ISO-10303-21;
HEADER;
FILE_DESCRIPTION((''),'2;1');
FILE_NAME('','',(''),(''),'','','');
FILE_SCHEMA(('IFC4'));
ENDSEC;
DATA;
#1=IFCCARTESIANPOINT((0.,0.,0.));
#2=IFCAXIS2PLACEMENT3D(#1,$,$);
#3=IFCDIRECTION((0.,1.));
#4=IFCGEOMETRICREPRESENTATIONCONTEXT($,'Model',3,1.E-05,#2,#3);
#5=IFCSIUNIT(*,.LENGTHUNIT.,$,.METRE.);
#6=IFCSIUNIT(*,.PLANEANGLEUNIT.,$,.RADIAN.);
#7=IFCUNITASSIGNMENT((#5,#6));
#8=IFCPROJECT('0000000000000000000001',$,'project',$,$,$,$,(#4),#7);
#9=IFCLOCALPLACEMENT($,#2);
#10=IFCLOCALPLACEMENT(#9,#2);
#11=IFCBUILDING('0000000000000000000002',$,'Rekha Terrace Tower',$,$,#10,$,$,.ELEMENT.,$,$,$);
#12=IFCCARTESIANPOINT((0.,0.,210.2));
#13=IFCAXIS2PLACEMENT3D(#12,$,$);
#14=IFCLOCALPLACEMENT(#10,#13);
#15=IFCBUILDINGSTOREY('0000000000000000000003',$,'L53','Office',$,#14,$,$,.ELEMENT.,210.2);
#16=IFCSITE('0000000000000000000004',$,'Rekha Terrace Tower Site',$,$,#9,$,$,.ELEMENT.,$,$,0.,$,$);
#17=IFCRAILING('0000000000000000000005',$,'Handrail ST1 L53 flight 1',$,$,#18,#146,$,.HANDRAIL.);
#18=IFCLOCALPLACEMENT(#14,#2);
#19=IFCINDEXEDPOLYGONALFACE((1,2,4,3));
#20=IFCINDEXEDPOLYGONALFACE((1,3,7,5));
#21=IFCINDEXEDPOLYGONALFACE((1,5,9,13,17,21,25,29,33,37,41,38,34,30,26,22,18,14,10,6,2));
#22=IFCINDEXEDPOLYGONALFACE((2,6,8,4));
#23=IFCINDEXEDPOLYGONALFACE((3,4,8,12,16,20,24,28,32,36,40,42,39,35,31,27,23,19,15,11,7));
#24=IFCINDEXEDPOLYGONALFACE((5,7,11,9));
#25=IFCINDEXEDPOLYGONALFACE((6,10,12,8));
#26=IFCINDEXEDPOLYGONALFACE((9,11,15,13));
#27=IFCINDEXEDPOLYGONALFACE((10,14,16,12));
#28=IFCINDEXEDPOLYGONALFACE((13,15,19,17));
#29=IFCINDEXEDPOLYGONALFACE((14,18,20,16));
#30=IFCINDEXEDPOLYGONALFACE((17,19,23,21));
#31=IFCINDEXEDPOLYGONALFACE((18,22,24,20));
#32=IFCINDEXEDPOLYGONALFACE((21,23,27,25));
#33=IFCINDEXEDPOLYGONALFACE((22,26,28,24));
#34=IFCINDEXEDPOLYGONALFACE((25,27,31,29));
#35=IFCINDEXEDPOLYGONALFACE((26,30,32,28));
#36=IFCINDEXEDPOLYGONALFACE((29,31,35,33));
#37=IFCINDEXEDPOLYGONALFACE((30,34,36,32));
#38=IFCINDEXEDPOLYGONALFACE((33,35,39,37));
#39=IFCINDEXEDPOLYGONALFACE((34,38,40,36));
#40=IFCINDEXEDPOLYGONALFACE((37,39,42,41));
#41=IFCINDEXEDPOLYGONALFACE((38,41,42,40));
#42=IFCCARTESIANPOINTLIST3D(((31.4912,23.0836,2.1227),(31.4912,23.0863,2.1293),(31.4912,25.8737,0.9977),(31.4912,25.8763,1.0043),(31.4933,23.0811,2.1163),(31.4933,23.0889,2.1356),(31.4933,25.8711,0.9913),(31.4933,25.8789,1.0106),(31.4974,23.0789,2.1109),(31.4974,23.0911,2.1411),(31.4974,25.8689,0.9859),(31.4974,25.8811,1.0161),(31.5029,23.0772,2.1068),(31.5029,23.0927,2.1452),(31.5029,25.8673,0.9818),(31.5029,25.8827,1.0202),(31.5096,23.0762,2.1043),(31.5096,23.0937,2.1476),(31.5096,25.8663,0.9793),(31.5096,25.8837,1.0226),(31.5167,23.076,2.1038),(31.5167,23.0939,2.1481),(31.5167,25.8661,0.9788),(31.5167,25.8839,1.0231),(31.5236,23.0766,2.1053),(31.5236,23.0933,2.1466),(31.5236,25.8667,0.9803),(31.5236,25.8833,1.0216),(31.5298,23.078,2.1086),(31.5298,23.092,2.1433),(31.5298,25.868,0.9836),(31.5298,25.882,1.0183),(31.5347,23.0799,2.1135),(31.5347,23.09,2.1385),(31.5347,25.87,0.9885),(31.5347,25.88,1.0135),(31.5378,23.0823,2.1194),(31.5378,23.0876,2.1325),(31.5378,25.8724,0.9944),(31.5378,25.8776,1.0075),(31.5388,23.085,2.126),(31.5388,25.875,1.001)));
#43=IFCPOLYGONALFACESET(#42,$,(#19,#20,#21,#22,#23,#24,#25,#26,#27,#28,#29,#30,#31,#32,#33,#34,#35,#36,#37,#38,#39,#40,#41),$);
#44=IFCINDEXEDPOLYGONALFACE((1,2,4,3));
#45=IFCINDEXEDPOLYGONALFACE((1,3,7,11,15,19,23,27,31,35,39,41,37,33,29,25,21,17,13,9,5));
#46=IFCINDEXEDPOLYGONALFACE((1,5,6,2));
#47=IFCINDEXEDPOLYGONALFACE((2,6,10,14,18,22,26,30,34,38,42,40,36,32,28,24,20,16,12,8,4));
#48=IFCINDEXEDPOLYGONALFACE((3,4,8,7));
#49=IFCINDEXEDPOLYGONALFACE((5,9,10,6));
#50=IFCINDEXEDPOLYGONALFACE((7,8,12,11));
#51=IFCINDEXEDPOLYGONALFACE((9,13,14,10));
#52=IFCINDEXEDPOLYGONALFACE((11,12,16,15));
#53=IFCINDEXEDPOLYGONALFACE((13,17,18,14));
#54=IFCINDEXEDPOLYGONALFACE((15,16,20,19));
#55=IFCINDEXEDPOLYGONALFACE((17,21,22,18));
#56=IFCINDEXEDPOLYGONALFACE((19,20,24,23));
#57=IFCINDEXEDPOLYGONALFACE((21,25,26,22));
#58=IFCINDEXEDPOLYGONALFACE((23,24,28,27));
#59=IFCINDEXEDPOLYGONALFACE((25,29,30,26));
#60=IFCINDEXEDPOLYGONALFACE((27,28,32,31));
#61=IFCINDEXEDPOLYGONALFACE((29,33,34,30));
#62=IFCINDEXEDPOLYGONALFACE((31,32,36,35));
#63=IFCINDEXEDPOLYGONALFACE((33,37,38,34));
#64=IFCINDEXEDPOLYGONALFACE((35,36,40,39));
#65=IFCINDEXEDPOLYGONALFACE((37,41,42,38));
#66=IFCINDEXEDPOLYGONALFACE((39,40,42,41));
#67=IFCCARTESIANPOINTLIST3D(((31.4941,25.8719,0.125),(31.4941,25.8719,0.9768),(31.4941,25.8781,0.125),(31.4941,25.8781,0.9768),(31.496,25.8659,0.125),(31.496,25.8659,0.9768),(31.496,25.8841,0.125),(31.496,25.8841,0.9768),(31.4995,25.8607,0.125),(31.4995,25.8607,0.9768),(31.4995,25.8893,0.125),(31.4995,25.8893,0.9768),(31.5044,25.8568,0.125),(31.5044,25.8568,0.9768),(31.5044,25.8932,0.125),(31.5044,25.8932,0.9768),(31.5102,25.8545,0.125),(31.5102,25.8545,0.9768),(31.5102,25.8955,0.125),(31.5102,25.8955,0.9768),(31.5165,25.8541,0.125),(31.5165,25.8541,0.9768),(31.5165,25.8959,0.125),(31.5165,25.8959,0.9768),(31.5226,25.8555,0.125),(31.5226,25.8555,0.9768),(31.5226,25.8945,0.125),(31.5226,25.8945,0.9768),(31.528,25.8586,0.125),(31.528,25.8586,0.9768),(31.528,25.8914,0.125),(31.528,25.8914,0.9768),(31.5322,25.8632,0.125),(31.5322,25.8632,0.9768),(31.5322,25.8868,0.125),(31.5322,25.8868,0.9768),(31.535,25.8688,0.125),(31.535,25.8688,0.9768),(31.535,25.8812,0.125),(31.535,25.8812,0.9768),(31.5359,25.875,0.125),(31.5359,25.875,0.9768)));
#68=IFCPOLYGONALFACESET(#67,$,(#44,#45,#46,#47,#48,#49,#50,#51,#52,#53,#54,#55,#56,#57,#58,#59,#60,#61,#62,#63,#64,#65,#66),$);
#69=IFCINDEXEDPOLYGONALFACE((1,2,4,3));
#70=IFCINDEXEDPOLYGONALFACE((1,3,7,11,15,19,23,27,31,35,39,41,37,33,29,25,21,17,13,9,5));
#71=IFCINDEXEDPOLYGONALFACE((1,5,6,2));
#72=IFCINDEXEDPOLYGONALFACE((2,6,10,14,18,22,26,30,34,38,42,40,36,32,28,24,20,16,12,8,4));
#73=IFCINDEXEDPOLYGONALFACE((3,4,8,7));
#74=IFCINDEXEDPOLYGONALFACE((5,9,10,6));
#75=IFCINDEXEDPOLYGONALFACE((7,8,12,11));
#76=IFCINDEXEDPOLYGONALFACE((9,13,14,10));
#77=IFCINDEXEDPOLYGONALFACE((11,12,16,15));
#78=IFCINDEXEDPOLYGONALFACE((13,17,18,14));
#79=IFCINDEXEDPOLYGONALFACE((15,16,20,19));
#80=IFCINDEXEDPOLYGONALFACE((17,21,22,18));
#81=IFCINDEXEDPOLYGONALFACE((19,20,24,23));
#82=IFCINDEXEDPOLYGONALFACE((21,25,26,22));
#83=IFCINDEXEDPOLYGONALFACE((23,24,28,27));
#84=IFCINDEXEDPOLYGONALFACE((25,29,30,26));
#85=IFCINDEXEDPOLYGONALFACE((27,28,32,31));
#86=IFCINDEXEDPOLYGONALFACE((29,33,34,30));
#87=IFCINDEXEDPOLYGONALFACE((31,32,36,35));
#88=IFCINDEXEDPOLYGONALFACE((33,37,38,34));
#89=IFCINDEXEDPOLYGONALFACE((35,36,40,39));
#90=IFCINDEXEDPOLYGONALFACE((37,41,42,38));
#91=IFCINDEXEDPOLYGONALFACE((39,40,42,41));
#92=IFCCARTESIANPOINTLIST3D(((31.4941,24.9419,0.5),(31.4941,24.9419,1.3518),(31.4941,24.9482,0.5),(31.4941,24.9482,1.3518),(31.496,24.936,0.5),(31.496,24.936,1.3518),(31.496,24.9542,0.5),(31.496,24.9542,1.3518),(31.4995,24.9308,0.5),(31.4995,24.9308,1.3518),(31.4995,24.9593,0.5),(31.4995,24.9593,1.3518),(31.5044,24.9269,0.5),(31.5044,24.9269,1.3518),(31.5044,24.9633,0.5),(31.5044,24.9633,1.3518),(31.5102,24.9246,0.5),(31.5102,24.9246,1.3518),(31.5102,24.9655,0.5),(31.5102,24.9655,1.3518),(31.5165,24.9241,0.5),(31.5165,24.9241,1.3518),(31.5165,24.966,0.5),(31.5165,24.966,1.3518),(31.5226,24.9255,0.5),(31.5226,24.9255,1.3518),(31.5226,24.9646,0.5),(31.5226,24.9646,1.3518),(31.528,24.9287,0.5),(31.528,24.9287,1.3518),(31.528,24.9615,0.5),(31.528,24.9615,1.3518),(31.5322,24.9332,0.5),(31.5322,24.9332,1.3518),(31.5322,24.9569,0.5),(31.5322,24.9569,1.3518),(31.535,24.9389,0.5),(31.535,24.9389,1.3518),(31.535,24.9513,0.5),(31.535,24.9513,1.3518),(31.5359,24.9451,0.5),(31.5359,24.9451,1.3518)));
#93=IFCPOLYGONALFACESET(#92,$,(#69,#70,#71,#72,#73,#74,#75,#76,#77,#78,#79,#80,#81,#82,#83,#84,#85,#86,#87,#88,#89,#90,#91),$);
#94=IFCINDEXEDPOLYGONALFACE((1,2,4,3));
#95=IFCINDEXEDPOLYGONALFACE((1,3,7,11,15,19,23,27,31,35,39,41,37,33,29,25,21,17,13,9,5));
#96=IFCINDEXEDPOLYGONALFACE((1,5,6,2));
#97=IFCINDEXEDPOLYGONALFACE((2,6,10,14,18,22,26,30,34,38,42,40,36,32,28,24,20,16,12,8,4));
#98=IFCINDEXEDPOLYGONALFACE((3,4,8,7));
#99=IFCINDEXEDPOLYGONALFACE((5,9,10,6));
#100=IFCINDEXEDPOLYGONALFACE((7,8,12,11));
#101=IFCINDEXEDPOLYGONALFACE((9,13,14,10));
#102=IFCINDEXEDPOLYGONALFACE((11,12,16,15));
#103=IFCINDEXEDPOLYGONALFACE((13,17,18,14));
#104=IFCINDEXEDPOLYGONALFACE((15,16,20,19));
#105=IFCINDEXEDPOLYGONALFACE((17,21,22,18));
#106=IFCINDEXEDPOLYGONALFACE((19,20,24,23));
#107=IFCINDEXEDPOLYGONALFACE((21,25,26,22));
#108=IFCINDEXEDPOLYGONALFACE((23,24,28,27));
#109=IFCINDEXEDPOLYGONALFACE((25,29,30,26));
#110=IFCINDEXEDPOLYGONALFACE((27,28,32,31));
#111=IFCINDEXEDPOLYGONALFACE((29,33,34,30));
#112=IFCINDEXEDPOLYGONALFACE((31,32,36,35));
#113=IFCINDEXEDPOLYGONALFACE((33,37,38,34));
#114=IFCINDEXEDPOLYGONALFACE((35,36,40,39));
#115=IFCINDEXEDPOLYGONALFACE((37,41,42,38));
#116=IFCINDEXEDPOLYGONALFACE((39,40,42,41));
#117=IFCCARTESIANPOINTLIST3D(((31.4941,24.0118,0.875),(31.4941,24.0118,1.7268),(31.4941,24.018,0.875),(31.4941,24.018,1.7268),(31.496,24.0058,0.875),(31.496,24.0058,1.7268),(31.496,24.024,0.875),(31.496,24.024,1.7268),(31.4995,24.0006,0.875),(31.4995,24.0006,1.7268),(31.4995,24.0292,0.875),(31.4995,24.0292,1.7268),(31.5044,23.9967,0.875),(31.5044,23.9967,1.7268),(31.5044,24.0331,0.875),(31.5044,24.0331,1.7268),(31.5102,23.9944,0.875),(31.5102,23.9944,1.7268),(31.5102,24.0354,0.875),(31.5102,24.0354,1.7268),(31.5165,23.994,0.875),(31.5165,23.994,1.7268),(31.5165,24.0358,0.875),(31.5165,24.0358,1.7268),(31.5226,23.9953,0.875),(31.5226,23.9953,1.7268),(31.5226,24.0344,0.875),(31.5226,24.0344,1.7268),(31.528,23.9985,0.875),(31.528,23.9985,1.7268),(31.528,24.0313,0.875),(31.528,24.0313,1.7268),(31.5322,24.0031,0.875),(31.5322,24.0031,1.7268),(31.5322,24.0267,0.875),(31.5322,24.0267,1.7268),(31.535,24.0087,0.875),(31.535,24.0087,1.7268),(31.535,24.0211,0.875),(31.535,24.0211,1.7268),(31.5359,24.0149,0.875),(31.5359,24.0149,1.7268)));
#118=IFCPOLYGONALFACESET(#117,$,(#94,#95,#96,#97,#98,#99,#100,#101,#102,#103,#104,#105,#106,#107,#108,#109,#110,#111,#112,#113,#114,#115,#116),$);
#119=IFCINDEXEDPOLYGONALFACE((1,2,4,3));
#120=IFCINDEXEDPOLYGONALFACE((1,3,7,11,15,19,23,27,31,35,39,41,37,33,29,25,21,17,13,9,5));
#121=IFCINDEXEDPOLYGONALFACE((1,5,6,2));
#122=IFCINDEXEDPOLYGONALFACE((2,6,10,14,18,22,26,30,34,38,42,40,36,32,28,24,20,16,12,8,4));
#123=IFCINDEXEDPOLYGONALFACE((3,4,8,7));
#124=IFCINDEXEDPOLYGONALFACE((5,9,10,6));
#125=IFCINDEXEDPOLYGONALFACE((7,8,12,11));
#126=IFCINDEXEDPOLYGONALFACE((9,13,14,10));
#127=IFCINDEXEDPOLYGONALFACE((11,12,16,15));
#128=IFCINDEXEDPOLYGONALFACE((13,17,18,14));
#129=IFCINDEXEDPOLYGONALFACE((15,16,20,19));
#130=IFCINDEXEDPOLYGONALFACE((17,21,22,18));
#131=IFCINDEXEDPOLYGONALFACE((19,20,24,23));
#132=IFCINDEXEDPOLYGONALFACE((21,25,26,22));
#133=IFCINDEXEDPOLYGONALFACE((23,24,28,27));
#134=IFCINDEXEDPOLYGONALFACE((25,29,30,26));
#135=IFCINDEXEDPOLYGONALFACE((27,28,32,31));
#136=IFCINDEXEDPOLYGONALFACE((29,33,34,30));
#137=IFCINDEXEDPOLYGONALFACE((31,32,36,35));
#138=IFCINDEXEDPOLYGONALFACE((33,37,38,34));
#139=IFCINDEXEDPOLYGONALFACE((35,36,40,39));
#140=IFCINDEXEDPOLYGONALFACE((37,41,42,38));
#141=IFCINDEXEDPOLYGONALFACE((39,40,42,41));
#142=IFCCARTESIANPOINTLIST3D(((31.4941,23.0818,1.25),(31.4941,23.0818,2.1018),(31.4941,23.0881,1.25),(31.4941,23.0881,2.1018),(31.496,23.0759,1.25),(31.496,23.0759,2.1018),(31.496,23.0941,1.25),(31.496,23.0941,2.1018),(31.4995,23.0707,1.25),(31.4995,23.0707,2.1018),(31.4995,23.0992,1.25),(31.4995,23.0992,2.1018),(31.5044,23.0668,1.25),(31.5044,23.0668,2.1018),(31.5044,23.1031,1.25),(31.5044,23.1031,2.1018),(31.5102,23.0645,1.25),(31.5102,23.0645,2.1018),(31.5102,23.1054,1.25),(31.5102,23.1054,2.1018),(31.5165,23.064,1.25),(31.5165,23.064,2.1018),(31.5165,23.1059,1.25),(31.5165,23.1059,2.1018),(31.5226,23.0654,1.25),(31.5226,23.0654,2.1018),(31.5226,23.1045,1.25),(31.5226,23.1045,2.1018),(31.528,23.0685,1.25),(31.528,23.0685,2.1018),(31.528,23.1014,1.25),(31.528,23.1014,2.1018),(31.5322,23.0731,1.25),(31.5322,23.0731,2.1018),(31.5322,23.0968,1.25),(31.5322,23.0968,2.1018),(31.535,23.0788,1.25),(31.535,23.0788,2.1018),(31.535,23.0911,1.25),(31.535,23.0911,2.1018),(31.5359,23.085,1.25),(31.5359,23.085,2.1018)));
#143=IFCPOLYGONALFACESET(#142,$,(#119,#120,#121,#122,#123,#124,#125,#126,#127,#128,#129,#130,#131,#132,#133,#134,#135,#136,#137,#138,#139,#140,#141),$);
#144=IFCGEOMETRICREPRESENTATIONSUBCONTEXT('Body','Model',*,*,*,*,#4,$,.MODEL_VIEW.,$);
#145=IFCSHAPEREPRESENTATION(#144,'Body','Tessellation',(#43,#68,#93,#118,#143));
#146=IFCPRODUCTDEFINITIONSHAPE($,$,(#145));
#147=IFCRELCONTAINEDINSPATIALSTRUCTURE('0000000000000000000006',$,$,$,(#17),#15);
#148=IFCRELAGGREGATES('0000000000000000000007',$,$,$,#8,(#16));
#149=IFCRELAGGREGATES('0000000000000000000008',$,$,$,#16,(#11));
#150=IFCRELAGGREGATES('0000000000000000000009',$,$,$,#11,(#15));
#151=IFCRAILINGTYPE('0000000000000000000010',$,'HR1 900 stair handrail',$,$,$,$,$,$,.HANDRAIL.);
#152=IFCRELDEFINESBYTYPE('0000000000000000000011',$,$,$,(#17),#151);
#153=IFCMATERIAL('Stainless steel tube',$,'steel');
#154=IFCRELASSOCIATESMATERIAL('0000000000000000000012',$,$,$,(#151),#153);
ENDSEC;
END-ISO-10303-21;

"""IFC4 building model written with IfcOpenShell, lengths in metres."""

from ifc_helpers import new_model, si_unit, direction, frame, origin, origin_2d, place, context, subcontext, project, spatial, circle, extrude, material, type_object, element, save


model = new_model("IFC4")

# Units and contexts
model_context = context("Model", 3, precision=1e-05, world=origin(), true_north=direction((0.0, 1.0)))
body_context = subcontext(model_context, "Body", "Model", "MODEL_VIEW")
ifc_project = project(units=[si_unit("LENGTHUNIT", "METRE"), si_unit("PLANEANGLEUNIT", "RADIAN")], contexts=[model_context])

# Site, building, storey
site_placement = place(None, origin())
site = spatial("IfcSite", under=ifc_project, at=site_placement, Name="Rekha Terrace Tower Site", CompositionType="ELEMENT", RefElevation=0.0)
building_placement = place(site_placement, origin())
building = spatial("IfcBuilding", under=site, at=building_placement, Name="Rekha Terrace Tower", CompositionType="ELEMENT")
storey_placement = place(building_placement, frame((0.0, 0.0, 210.2)))
storey = spatial("IfcBuildingStorey", under=building, at=storey_placement, Name="L53", Description="Office", CompositionType="ELEMENT", Elevation=210.2)

# Railing
ifc_material_1 = material(Name="Stainless steel tube", Category="steel")
railing_type_1 = type_object("IfcRailingType", Name="HR1 900 stair handrail", PredefinedType="HANDRAIL", material=ifc_material_1)
railing_1_placement = place(storey_placement, frame((31.5149, 25.875, 0.125)))
element("IfcRailing", 1, at=railing_1_placement, inside=storey, type_object=railing_type_1, Name="Handrail ST1 L53 flight 1", PredefinedType="HANDRAIL", context=body_context, shape_type="SweptSolid", body=[
    extrude(circle(Radius=0.0239, at=origin_2d()), frame((0.0, 0.0, 0.876), z_axis=(0.0, -0.927443, 0.373964), x_axis=(1.0, 0.0, 0.0)), (0.0, 0.0, 1.0), 3.0083),
    extrude(circle(Radius=0.021, at=origin_2d()), origin(), (0.0, 0.0, 1.0), 0.8518),
    extrude(circle(Radius=0.021, at=origin_2d()), frame((0.0, -0.9299, 0.375)), (0.0, 0.0, 1.0), 0.8518),
    extrude(circle(Radius=0.021, at=origin_2d()), frame((0.0, -1.8601, 0.75)), (0.0, 0.0, 1.0), 0.8518),
    extrude(circle(Radius=0.021, at=origin_2d()), frame((0.0, -2.79, 1.125)), (0.0, 0.0, 1.0), 0.8518),
])

save(model, "model.ifc")
